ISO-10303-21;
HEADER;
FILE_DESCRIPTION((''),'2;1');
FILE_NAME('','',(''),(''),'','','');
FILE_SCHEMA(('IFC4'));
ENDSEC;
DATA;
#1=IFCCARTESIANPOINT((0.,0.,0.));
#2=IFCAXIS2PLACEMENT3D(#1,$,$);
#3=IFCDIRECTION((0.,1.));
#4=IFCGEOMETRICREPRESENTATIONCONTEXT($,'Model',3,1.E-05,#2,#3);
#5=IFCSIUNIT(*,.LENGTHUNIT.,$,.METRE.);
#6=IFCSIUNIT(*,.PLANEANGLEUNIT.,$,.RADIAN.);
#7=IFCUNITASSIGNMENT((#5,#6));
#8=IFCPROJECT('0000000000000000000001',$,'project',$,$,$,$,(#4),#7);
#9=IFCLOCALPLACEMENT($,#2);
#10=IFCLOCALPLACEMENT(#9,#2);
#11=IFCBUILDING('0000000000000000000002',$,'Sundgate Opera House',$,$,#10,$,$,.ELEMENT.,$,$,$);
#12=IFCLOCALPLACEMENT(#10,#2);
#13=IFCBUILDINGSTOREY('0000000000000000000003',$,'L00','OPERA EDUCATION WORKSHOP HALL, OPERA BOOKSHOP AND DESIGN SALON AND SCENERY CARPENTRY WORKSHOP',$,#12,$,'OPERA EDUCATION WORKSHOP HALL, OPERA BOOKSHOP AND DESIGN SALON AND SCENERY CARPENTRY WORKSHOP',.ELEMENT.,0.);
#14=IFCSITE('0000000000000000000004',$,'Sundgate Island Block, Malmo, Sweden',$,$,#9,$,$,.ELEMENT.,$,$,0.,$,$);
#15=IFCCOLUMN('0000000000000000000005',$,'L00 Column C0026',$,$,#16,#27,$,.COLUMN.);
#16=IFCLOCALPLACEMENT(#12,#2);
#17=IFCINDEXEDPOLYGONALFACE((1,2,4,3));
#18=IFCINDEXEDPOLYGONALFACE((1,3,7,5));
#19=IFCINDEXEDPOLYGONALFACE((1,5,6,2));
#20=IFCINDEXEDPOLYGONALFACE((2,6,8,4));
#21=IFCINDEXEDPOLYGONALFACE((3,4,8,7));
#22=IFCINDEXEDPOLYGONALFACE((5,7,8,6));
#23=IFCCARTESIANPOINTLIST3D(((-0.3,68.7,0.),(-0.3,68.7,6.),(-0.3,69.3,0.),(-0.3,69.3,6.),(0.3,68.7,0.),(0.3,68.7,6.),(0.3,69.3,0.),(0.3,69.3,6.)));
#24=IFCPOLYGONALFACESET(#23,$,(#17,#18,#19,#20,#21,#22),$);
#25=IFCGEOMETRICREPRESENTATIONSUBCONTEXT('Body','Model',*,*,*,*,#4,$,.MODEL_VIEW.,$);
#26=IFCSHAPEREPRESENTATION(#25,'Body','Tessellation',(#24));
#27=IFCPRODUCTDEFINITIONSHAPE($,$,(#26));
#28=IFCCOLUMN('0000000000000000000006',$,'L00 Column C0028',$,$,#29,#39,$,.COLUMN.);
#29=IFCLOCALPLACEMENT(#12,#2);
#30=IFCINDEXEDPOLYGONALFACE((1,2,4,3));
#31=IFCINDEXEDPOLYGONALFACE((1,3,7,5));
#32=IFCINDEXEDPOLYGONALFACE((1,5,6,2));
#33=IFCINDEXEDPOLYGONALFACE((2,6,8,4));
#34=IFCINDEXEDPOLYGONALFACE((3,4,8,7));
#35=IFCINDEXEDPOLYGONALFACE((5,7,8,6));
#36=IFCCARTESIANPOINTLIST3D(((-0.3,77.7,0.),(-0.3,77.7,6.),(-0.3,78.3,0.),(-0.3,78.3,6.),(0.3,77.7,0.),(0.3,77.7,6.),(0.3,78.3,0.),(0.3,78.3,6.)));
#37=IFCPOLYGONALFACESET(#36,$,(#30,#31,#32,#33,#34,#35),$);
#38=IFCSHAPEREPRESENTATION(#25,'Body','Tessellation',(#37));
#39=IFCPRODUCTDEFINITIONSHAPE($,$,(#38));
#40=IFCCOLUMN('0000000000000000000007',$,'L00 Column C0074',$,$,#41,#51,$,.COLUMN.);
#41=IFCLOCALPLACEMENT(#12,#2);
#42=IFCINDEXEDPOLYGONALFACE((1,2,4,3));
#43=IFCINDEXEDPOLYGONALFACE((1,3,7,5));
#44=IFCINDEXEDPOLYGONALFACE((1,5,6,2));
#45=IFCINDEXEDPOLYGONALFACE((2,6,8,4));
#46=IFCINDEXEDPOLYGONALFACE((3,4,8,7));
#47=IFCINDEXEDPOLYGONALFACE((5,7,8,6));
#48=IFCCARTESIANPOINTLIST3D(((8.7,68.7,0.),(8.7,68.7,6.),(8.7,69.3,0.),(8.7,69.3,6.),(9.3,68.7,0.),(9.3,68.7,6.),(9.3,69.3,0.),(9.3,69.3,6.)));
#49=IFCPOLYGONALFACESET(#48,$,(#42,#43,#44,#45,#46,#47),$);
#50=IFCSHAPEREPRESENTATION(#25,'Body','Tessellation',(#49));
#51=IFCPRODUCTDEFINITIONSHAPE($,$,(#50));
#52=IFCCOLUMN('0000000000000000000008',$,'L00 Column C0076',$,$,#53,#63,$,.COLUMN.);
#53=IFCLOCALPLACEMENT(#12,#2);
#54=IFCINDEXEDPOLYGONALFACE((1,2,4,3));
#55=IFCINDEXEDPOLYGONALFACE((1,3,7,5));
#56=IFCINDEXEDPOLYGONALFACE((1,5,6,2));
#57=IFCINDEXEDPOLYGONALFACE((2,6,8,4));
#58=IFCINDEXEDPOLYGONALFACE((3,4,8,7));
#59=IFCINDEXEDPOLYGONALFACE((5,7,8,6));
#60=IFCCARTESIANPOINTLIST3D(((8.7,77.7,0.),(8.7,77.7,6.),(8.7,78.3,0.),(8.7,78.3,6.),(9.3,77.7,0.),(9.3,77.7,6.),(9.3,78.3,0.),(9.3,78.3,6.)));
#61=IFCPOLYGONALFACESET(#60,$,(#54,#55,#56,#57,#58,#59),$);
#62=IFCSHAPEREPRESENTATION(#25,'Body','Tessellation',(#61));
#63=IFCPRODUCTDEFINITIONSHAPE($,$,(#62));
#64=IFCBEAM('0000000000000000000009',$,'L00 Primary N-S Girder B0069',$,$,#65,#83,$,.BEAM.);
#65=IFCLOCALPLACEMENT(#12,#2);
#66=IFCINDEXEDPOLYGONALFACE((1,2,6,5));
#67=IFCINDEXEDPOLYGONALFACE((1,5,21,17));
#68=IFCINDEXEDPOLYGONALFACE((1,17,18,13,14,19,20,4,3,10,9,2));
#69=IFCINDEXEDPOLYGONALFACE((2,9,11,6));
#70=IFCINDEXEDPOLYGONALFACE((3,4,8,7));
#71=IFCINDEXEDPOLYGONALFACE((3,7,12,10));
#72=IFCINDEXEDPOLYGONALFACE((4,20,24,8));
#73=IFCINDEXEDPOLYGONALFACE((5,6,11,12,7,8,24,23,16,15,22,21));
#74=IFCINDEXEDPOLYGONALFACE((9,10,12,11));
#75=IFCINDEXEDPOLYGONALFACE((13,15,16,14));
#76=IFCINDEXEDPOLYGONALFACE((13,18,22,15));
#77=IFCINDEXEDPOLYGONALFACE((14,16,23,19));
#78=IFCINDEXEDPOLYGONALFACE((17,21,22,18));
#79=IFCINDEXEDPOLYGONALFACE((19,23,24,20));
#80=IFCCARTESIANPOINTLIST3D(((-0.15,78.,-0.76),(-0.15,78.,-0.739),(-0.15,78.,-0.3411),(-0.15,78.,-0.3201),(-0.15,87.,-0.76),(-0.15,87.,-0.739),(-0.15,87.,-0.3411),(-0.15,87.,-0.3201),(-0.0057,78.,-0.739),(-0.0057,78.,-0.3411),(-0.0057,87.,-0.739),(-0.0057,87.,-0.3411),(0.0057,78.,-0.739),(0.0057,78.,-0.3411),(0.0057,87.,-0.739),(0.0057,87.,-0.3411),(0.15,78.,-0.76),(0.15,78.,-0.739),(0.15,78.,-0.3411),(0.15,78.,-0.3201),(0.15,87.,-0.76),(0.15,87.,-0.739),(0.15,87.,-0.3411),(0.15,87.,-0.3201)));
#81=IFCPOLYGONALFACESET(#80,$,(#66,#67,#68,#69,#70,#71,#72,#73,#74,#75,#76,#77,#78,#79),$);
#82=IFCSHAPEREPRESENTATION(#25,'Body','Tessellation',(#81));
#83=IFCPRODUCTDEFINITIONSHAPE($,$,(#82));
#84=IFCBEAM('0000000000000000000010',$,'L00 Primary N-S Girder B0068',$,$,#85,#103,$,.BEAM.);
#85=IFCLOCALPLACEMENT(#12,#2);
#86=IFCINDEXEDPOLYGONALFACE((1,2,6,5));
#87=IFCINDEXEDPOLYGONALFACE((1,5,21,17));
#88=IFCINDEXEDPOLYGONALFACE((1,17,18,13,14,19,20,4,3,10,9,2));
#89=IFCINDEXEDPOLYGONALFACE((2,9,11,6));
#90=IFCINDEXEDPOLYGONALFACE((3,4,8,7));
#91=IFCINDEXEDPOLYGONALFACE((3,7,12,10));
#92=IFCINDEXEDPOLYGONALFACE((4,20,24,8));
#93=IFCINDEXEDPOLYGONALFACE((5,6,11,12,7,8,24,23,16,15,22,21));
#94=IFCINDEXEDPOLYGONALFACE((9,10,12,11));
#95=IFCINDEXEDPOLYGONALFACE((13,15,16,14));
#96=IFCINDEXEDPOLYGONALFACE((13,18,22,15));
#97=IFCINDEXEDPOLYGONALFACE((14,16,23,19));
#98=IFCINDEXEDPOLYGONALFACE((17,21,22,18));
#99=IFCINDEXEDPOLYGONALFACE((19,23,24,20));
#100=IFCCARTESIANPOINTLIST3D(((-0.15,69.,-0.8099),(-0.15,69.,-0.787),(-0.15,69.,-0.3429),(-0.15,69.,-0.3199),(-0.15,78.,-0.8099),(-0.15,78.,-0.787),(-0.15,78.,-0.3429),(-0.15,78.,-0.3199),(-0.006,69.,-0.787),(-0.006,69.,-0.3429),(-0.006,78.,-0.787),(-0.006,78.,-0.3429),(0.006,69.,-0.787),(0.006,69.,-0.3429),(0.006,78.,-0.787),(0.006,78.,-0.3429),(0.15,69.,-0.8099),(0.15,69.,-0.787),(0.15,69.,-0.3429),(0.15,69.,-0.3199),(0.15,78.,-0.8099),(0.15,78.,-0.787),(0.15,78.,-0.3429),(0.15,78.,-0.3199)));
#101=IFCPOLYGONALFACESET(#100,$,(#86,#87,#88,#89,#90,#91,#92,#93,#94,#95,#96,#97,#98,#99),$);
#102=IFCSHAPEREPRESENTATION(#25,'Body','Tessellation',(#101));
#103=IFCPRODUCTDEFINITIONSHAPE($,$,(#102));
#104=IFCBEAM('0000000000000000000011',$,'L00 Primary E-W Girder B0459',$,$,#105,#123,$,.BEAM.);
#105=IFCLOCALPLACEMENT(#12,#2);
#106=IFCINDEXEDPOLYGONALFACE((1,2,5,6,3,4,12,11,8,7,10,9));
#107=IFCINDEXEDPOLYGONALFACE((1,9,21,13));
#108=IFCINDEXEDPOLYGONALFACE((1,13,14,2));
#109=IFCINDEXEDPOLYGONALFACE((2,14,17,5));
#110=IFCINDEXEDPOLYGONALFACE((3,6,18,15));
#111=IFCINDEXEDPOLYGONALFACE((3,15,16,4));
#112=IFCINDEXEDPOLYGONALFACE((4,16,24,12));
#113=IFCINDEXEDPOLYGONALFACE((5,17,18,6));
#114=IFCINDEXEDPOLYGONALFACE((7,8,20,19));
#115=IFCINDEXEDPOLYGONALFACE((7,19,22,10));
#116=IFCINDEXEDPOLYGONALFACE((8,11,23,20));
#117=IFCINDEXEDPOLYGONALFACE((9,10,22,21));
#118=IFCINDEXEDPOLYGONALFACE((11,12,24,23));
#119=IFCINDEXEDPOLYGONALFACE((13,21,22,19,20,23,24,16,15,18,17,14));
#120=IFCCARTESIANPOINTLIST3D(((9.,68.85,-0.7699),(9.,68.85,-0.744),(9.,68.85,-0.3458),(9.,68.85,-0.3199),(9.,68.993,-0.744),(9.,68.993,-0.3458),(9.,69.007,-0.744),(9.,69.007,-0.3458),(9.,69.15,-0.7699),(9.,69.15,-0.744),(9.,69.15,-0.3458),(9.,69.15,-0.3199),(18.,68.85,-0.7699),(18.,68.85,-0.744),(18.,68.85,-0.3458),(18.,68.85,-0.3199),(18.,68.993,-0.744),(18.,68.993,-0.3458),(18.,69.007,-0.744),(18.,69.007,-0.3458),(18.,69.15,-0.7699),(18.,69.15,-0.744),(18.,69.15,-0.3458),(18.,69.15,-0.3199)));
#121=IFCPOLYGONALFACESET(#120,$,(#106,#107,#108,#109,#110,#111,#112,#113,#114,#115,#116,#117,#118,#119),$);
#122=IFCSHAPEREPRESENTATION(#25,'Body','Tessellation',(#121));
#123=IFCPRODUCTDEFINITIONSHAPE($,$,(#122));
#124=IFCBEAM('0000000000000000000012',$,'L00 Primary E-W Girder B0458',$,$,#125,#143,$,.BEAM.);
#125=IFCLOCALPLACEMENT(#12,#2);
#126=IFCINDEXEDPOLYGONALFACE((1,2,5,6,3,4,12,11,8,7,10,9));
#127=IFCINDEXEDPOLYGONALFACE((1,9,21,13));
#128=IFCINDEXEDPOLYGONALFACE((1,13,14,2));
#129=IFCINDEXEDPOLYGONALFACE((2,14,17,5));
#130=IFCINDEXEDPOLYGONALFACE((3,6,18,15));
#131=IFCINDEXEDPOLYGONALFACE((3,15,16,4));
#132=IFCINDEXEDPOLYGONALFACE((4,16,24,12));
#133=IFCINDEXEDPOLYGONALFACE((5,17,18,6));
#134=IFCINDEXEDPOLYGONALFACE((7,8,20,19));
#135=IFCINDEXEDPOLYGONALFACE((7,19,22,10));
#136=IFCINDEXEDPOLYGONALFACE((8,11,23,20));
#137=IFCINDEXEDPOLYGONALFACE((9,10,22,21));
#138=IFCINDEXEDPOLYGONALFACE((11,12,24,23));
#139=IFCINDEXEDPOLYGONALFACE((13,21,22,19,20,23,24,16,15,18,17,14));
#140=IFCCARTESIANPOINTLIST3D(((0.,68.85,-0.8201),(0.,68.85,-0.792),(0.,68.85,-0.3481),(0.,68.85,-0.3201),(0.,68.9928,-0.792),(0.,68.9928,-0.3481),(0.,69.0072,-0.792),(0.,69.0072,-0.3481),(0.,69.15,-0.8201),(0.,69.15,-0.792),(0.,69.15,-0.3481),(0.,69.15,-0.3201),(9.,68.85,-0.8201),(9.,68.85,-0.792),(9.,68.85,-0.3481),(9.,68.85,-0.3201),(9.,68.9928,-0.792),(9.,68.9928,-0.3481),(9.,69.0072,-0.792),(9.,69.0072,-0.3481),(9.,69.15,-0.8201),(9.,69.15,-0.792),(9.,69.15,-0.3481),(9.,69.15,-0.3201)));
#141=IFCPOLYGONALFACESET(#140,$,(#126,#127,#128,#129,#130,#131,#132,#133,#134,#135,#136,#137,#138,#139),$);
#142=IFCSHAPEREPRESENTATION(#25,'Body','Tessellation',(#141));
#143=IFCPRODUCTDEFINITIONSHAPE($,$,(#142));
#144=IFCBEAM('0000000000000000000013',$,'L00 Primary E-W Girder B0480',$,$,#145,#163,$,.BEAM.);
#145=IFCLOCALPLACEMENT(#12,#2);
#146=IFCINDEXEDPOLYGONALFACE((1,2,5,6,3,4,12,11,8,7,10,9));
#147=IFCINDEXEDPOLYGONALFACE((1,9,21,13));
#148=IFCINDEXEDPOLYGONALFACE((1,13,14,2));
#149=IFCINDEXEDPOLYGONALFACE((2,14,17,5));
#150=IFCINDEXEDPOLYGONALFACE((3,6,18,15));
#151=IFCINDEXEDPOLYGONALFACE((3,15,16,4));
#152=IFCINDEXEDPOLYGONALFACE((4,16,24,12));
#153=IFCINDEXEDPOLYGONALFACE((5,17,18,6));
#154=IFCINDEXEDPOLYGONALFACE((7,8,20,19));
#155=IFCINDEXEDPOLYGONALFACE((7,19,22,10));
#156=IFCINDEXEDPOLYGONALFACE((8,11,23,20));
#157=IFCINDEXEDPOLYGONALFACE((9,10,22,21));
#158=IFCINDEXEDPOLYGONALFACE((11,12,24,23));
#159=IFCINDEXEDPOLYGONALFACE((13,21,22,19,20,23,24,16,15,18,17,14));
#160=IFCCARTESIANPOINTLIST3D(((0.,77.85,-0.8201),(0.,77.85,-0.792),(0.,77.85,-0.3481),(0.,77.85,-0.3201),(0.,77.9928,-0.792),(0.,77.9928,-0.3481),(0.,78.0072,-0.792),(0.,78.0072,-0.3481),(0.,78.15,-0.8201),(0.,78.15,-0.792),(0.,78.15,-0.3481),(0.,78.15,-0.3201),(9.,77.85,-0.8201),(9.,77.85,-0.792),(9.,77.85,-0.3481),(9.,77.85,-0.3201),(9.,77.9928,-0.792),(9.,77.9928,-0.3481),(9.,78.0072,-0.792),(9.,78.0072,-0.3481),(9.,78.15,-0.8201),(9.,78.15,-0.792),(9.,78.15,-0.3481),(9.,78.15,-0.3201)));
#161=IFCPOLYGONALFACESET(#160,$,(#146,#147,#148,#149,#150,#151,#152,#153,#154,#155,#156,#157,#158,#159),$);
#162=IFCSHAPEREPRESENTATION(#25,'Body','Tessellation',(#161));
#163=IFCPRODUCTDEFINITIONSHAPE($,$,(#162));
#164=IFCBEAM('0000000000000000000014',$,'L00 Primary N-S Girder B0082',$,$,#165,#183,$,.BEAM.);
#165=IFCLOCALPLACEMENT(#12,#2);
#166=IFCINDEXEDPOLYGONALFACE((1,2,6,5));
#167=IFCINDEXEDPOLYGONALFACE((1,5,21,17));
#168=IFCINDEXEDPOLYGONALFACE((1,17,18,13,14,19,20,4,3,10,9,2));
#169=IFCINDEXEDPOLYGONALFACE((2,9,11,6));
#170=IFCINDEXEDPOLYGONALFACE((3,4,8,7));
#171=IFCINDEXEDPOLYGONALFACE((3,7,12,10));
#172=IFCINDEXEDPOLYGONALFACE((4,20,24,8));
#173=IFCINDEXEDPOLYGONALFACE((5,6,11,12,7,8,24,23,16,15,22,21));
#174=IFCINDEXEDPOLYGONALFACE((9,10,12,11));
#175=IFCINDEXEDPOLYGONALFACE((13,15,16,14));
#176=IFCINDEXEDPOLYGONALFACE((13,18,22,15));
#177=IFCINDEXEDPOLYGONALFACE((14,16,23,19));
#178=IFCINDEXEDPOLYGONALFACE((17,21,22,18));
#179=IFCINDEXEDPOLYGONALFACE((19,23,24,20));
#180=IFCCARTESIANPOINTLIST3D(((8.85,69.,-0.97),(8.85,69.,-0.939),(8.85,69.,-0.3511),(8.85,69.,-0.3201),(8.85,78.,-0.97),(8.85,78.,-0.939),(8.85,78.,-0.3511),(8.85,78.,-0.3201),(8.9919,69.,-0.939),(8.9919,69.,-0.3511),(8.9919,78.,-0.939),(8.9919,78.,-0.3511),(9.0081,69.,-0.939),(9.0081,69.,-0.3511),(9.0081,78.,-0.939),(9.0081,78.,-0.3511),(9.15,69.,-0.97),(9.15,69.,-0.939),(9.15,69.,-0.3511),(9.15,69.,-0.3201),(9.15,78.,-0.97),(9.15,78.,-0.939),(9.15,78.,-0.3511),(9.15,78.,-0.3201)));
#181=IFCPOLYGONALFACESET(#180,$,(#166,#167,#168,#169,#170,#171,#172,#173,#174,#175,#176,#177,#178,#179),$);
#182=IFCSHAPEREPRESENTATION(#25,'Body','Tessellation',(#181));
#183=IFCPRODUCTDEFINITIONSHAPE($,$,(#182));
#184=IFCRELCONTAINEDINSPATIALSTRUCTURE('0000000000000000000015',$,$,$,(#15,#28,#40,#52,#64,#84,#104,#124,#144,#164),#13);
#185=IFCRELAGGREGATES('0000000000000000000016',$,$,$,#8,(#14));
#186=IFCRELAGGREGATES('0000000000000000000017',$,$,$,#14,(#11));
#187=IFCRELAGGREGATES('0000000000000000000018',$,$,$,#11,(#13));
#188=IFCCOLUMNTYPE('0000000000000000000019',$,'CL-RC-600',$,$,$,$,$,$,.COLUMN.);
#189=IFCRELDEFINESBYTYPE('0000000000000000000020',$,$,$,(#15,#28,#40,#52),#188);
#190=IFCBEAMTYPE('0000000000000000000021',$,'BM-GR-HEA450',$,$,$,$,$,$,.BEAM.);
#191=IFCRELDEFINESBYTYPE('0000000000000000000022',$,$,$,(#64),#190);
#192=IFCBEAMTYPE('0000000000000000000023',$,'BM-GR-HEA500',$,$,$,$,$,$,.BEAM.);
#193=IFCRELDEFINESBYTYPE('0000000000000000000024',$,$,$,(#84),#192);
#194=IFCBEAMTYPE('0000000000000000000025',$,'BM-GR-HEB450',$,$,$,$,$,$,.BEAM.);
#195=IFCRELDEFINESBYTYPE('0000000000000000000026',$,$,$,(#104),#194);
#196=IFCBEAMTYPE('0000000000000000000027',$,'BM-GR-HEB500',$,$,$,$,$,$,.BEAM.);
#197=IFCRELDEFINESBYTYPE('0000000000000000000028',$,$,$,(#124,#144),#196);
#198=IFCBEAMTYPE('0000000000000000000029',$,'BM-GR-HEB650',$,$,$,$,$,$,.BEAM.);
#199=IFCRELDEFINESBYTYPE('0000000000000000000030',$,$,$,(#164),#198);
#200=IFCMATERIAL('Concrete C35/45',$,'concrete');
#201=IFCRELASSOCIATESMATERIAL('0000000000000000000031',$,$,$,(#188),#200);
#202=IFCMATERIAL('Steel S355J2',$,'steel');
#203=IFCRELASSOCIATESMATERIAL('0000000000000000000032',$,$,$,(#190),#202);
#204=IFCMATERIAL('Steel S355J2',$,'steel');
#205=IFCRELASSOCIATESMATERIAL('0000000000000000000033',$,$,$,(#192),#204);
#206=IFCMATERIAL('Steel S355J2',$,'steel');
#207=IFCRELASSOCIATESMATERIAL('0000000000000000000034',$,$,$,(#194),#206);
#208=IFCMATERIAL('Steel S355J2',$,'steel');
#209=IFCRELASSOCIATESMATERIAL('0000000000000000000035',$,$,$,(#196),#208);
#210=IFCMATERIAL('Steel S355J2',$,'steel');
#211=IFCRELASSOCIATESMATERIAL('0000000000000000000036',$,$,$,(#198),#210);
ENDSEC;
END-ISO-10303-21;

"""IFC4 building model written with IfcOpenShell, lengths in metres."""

from ifc_helpers import new_model, si_unit, direction, frame, origin, origin_2d, place, context, subcontext, project, spatial, rectangle, i_section, extrude, material, material_profile, profile_set, type_object, element, save


model = new_model("IFC4")

# Units and contexts
model_context = context("Model", 3, precision=1e-05, world=origin(), true_north=direction((0.0, 1.0)))
body_context = subcontext(model_context, "Body", "Model", "MODEL_VIEW")
ifc_project = project(units=[si_unit("LENGTHUNIT", "METRE"), si_unit("PLANEANGLEUNIT", "RADIAN")], contexts=[model_context])

# Site, building, storey
site_placement = place(None, origin())
site = spatial("IfcSite", under=ifc_project, at=site_placement, Name="Sundgate Island Block, Malmo, Sweden", CompositionType="ELEMENT", RefElevation=0.0)
building_placement = place(site_placement, origin())
building = spatial("IfcBuilding", under=site, at=building_placement, Name="Sundgate Opera House", CompositionType="ELEMENT")
storey_placement = place(building_placement, origin())
storey = spatial("IfcBuildingStorey", under=building, at=storey_placement, Name="L00", Description="OPERA EDUCATION WORKSHOP HALL, OPERA BOOKSHOP AND DESIGN SALON AND SCENERY CARPENTRY WORKSHOP", LongName="OPERA EDUCATION WORKSHOP HALL, OPERA BOOKSHOP AND DESIGN SALON AND SCENERY CARPENTRY WORKSHOP", CompositionType="ELEMENT", Elevation=0.0)

# Columns
ifc_material_1 = material(Name="Concrete C35/45", Category="concrete")
ifc_material_profile_1 = material_profile(ifc_material_1, rectangle(XDim=0.6001, YDim=0.6001, at=origin_2d()), Name="RC 600x600")
ifc_profile_set_1 = profile_set([ifc_material_profile_1], Name="Concrete C35/45")
column_type = type_object("IfcColumnType", Name="CL-RC-600", PredefinedType="COLUMN", material=ifc_profile_set_1)
for number, where, z_axis, x_axis, name in (
    (1, (0.0, 69.0, 0.0), (0.0, 0.0, 1.0), (1.0, 0.0, 0.0), "L00 Column C0026"),
    (2, (0.0, 78.0, 0.0), (0.0, 0.0, 1.0), (1.0, 0.0, 0.0), "L00 Column C0028"),
    (3, (9.0, 69.0, 0.0), (0.0, 0.0, 1.0), (1.0, 0.0, 0.0), "L00 Column C0074"),
    (4, (9.0, 78.0, 0.0), (0.0, 0.0, 1.0), (1.0, 0.0, 0.0), "L00 Column C0076"),
):
    element("IfcColumn", number, at=place(storey_placement, frame(where, z_axis=z_axis, x_axis=x_axis)), inside=storey, type_object=column_type, Name=name, PredefinedType="COLUMN", context=body_context, shape_type="SweptSolid", body=[
        extrude(rectangle(XDim=0.6001, YDim=0.6001, at=origin_2d()), origin(), (0.0, 0.0, 1.0), 6.0),
    ])

# Beams
ifc_material_2 = material(Name="Steel S355J2", Category="steel")
ifc_material_profile_2 = material_profile(ifc_material_2, i_section(OverallWidth=0.3, OverallDepth=0.4399, WebThickness=0.0115, FlangeThickness=0.021, at=origin_2d()), Name="HEA 450")
ifc_profile_set_2 = profile_set([ifc_material_profile_2], Name="Steel S355J2")
beam_type_1 = type_object("IfcBeamType", Name="BM-GR-HEA450", PredefinedType="BEAM", material=ifc_profile_set_2)
beam_1_placement = place(storey_placement, frame((0.0, 78.0, -0.54), z_axis=(0.0, 1.0, 0.0), x_axis=(-1.0, 0.0, 0.0)))
element("IfcBeam", 5, at=beam_1_placement, inside=storey, type_object=beam_type_1, Name="L00 Primary N-S Girder B0069", PredefinedType="BEAM", context=body_context, shape_type="SweptSolid", body=[
    extrude(i_section(OverallWidth=0.3, OverallDepth=0.4399, WebThickness=0.0115, FlangeThickness=0.021, at=origin_2d()), origin(), (0.0, 0.0, 1.0), 9.0),
])
ifc_material_3 = material(Name="Steel S355J2", Category="steel")
ifc_material_profile_3 = material_profile(ifc_material_3, i_section(OverallWidth=0.3, OverallDepth=0.49, WebThickness=0.012, FlangeThickness=0.0229, at=origin_2d()), Name="HEA 500")
ifc_profile_set_3 = profile_set([ifc_material_profile_3], Name="Steel S355J2")
beam_type_2 = type_object("IfcBeamType", Name="BM-GR-HEA500", PredefinedType="BEAM", material=ifc_profile_set_3)
beam_2_placement = place(storey_placement, frame((0.0, 69.0, -0.5649), z_axis=(0.0, 1.0, 0.0), x_axis=(-1.0, 0.0, 0.0)))
element("IfcBeam", 6, at=beam_2_placement, inside=storey, type_object=beam_type_2, Name="L00 Primary N-S Girder B0068", PredefinedType="BEAM", context=body_context, shape_type="SweptSolid", body=[
    extrude(i_section(OverallWidth=0.3, OverallDepth=0.49, WebThickness=0.012, FlangeThickness=0.0229, at=origin_2d()), origin(), (0.0, 0.0, 1.0), 9.0),
])
ifc_material_4 = material(Name="Steel S355J2", Category="steel")
ifc_material_profile_4 = material_profile(ifc_material_4, i_section(OverallWidth=0.3, OverallDepth=0.45, WebThickness=0.0139, FlangeThickness=0.0259, at=origin_2d()), Name="HEB 450")
ifc_profile_set_4 = profile_set([ifc_material_profile_4], Name="Steel S355J2")
beam_type_3 = type_object("IfcBeamType", Name="BM-GR-HEB450", PredefinedType="BEAM", material=ifc_profile_set_4)
beam_3_placement = place(storey_placement, frame((9.0, 69.0, -0.5449), z_axis=(1.0, 0.0, 0.0), x_axis=(0.0, 1.0, 0.0)))
element("IfcBeam", 7, at=beam_3_placement, inside=storey, type_object=beam_type_3, Name="L00 Primary E-W Girder B0459", PredefinedType="BEAM", context=body_context, shape_type="SweptSolid", body=[
    extrude(i_section(OverallWidth=0.3, OverallDepth=0.45, WebThickness=0.0139, FlangeThickness=0.0259, at=origin_2d()), origin(), (0.0, 0.0, 1.0), 9.0),
])
ifc_material_5 = material(Name="Steel S355J2", Category="steel")
ifc_material_profile_5 = material_profile(ifc_material_5, i_section(OverallWidth=0.3, OverallDepth=0.5, WebThickness=0.0144, FlangeThickness=0.0281, at=origin_2d()), Name="HEB 500")
ifc_profile_set_5 = profile_set([ifc_material_profile_5], Name="Steel S355J2")
beam_type_4 = type_object("IfcBeamType", Name="BM-GR-HEB500", PredefinedType="BEAM", material=ifc_profile_set_5)
for number, where, z_axis, x_axis, name in (
    (8, (0.0, 69.0, -0.5701), (1.0, 0.0, 0.0), (0.0, 1.0, 0.0), "L00 Primary E-W Girder B0458"),
    (9, (0.0, 78.0, -0.5701), (1.0, 0.0, 0.0), (0.0, 1.0, 0.0), "L00 Primary E-W Girder B0480"),
):
    element("IfcBeam", number, at=place(storey_placement, frame(where, z_axis=z_axis, x_axis=x_axis)), inside=storey, type_object=beam_type_4, Name=name, PredefinedType="BEAM", context=body_context, shape_type="SweptSolid", body=[
        extrude(i_section(OverallWidth=0.3, OverallDepth=0.5, WebThickness=0.0144, FlangeThickness=0.0281, at=origin_2d()), origin(), (0.0, 0.0, 1.0), 9.0),
    ])
ifc_material_6 = material(Name="Steel S355J2", Category="steel")
ifc_material_profile_6 = material_profile(ifc_material_6, i_section(OverallWidth=0.3, OverallDepth=0.6499, WebThickness=0.0161, FlangeThickness=0.031, at=origin_2d()), Name="HEB 650")
ifc_profile_set_6 = profile_set([ifc_material_profile_6], Name="Steel S355J2")
beam_type_5 = type_object("IfcBeamType", Name="BM-GR-HEB650", PredefinedType="BEAM", material=ifc_profile_set_6)
beam_4_placement = place(storey_placement, frame((9.0, 69.0, -0.645), z_axis=(0.0, 1.0, 0.0), x_axis=(-1.0, 0.0, 0.0)))
element("IfcBeam", 10, at=beam_4_placement, inside=storey, type_object=beam_type_5, Name="L00 Primary N-S Girder B0082", PredefinedType="BEAM", context=body_context, shape_type="SweptSolid", body=[
    extrude(i_section(OverallWidth=0.3, OverallDepth=0.6499, WebThickness=0.0161, FlangeThickness=0.031, at=origin_2d()), origin(), (0.0, 0.0, 1.0), 9.0),
])

save(model, "model.ifc")
